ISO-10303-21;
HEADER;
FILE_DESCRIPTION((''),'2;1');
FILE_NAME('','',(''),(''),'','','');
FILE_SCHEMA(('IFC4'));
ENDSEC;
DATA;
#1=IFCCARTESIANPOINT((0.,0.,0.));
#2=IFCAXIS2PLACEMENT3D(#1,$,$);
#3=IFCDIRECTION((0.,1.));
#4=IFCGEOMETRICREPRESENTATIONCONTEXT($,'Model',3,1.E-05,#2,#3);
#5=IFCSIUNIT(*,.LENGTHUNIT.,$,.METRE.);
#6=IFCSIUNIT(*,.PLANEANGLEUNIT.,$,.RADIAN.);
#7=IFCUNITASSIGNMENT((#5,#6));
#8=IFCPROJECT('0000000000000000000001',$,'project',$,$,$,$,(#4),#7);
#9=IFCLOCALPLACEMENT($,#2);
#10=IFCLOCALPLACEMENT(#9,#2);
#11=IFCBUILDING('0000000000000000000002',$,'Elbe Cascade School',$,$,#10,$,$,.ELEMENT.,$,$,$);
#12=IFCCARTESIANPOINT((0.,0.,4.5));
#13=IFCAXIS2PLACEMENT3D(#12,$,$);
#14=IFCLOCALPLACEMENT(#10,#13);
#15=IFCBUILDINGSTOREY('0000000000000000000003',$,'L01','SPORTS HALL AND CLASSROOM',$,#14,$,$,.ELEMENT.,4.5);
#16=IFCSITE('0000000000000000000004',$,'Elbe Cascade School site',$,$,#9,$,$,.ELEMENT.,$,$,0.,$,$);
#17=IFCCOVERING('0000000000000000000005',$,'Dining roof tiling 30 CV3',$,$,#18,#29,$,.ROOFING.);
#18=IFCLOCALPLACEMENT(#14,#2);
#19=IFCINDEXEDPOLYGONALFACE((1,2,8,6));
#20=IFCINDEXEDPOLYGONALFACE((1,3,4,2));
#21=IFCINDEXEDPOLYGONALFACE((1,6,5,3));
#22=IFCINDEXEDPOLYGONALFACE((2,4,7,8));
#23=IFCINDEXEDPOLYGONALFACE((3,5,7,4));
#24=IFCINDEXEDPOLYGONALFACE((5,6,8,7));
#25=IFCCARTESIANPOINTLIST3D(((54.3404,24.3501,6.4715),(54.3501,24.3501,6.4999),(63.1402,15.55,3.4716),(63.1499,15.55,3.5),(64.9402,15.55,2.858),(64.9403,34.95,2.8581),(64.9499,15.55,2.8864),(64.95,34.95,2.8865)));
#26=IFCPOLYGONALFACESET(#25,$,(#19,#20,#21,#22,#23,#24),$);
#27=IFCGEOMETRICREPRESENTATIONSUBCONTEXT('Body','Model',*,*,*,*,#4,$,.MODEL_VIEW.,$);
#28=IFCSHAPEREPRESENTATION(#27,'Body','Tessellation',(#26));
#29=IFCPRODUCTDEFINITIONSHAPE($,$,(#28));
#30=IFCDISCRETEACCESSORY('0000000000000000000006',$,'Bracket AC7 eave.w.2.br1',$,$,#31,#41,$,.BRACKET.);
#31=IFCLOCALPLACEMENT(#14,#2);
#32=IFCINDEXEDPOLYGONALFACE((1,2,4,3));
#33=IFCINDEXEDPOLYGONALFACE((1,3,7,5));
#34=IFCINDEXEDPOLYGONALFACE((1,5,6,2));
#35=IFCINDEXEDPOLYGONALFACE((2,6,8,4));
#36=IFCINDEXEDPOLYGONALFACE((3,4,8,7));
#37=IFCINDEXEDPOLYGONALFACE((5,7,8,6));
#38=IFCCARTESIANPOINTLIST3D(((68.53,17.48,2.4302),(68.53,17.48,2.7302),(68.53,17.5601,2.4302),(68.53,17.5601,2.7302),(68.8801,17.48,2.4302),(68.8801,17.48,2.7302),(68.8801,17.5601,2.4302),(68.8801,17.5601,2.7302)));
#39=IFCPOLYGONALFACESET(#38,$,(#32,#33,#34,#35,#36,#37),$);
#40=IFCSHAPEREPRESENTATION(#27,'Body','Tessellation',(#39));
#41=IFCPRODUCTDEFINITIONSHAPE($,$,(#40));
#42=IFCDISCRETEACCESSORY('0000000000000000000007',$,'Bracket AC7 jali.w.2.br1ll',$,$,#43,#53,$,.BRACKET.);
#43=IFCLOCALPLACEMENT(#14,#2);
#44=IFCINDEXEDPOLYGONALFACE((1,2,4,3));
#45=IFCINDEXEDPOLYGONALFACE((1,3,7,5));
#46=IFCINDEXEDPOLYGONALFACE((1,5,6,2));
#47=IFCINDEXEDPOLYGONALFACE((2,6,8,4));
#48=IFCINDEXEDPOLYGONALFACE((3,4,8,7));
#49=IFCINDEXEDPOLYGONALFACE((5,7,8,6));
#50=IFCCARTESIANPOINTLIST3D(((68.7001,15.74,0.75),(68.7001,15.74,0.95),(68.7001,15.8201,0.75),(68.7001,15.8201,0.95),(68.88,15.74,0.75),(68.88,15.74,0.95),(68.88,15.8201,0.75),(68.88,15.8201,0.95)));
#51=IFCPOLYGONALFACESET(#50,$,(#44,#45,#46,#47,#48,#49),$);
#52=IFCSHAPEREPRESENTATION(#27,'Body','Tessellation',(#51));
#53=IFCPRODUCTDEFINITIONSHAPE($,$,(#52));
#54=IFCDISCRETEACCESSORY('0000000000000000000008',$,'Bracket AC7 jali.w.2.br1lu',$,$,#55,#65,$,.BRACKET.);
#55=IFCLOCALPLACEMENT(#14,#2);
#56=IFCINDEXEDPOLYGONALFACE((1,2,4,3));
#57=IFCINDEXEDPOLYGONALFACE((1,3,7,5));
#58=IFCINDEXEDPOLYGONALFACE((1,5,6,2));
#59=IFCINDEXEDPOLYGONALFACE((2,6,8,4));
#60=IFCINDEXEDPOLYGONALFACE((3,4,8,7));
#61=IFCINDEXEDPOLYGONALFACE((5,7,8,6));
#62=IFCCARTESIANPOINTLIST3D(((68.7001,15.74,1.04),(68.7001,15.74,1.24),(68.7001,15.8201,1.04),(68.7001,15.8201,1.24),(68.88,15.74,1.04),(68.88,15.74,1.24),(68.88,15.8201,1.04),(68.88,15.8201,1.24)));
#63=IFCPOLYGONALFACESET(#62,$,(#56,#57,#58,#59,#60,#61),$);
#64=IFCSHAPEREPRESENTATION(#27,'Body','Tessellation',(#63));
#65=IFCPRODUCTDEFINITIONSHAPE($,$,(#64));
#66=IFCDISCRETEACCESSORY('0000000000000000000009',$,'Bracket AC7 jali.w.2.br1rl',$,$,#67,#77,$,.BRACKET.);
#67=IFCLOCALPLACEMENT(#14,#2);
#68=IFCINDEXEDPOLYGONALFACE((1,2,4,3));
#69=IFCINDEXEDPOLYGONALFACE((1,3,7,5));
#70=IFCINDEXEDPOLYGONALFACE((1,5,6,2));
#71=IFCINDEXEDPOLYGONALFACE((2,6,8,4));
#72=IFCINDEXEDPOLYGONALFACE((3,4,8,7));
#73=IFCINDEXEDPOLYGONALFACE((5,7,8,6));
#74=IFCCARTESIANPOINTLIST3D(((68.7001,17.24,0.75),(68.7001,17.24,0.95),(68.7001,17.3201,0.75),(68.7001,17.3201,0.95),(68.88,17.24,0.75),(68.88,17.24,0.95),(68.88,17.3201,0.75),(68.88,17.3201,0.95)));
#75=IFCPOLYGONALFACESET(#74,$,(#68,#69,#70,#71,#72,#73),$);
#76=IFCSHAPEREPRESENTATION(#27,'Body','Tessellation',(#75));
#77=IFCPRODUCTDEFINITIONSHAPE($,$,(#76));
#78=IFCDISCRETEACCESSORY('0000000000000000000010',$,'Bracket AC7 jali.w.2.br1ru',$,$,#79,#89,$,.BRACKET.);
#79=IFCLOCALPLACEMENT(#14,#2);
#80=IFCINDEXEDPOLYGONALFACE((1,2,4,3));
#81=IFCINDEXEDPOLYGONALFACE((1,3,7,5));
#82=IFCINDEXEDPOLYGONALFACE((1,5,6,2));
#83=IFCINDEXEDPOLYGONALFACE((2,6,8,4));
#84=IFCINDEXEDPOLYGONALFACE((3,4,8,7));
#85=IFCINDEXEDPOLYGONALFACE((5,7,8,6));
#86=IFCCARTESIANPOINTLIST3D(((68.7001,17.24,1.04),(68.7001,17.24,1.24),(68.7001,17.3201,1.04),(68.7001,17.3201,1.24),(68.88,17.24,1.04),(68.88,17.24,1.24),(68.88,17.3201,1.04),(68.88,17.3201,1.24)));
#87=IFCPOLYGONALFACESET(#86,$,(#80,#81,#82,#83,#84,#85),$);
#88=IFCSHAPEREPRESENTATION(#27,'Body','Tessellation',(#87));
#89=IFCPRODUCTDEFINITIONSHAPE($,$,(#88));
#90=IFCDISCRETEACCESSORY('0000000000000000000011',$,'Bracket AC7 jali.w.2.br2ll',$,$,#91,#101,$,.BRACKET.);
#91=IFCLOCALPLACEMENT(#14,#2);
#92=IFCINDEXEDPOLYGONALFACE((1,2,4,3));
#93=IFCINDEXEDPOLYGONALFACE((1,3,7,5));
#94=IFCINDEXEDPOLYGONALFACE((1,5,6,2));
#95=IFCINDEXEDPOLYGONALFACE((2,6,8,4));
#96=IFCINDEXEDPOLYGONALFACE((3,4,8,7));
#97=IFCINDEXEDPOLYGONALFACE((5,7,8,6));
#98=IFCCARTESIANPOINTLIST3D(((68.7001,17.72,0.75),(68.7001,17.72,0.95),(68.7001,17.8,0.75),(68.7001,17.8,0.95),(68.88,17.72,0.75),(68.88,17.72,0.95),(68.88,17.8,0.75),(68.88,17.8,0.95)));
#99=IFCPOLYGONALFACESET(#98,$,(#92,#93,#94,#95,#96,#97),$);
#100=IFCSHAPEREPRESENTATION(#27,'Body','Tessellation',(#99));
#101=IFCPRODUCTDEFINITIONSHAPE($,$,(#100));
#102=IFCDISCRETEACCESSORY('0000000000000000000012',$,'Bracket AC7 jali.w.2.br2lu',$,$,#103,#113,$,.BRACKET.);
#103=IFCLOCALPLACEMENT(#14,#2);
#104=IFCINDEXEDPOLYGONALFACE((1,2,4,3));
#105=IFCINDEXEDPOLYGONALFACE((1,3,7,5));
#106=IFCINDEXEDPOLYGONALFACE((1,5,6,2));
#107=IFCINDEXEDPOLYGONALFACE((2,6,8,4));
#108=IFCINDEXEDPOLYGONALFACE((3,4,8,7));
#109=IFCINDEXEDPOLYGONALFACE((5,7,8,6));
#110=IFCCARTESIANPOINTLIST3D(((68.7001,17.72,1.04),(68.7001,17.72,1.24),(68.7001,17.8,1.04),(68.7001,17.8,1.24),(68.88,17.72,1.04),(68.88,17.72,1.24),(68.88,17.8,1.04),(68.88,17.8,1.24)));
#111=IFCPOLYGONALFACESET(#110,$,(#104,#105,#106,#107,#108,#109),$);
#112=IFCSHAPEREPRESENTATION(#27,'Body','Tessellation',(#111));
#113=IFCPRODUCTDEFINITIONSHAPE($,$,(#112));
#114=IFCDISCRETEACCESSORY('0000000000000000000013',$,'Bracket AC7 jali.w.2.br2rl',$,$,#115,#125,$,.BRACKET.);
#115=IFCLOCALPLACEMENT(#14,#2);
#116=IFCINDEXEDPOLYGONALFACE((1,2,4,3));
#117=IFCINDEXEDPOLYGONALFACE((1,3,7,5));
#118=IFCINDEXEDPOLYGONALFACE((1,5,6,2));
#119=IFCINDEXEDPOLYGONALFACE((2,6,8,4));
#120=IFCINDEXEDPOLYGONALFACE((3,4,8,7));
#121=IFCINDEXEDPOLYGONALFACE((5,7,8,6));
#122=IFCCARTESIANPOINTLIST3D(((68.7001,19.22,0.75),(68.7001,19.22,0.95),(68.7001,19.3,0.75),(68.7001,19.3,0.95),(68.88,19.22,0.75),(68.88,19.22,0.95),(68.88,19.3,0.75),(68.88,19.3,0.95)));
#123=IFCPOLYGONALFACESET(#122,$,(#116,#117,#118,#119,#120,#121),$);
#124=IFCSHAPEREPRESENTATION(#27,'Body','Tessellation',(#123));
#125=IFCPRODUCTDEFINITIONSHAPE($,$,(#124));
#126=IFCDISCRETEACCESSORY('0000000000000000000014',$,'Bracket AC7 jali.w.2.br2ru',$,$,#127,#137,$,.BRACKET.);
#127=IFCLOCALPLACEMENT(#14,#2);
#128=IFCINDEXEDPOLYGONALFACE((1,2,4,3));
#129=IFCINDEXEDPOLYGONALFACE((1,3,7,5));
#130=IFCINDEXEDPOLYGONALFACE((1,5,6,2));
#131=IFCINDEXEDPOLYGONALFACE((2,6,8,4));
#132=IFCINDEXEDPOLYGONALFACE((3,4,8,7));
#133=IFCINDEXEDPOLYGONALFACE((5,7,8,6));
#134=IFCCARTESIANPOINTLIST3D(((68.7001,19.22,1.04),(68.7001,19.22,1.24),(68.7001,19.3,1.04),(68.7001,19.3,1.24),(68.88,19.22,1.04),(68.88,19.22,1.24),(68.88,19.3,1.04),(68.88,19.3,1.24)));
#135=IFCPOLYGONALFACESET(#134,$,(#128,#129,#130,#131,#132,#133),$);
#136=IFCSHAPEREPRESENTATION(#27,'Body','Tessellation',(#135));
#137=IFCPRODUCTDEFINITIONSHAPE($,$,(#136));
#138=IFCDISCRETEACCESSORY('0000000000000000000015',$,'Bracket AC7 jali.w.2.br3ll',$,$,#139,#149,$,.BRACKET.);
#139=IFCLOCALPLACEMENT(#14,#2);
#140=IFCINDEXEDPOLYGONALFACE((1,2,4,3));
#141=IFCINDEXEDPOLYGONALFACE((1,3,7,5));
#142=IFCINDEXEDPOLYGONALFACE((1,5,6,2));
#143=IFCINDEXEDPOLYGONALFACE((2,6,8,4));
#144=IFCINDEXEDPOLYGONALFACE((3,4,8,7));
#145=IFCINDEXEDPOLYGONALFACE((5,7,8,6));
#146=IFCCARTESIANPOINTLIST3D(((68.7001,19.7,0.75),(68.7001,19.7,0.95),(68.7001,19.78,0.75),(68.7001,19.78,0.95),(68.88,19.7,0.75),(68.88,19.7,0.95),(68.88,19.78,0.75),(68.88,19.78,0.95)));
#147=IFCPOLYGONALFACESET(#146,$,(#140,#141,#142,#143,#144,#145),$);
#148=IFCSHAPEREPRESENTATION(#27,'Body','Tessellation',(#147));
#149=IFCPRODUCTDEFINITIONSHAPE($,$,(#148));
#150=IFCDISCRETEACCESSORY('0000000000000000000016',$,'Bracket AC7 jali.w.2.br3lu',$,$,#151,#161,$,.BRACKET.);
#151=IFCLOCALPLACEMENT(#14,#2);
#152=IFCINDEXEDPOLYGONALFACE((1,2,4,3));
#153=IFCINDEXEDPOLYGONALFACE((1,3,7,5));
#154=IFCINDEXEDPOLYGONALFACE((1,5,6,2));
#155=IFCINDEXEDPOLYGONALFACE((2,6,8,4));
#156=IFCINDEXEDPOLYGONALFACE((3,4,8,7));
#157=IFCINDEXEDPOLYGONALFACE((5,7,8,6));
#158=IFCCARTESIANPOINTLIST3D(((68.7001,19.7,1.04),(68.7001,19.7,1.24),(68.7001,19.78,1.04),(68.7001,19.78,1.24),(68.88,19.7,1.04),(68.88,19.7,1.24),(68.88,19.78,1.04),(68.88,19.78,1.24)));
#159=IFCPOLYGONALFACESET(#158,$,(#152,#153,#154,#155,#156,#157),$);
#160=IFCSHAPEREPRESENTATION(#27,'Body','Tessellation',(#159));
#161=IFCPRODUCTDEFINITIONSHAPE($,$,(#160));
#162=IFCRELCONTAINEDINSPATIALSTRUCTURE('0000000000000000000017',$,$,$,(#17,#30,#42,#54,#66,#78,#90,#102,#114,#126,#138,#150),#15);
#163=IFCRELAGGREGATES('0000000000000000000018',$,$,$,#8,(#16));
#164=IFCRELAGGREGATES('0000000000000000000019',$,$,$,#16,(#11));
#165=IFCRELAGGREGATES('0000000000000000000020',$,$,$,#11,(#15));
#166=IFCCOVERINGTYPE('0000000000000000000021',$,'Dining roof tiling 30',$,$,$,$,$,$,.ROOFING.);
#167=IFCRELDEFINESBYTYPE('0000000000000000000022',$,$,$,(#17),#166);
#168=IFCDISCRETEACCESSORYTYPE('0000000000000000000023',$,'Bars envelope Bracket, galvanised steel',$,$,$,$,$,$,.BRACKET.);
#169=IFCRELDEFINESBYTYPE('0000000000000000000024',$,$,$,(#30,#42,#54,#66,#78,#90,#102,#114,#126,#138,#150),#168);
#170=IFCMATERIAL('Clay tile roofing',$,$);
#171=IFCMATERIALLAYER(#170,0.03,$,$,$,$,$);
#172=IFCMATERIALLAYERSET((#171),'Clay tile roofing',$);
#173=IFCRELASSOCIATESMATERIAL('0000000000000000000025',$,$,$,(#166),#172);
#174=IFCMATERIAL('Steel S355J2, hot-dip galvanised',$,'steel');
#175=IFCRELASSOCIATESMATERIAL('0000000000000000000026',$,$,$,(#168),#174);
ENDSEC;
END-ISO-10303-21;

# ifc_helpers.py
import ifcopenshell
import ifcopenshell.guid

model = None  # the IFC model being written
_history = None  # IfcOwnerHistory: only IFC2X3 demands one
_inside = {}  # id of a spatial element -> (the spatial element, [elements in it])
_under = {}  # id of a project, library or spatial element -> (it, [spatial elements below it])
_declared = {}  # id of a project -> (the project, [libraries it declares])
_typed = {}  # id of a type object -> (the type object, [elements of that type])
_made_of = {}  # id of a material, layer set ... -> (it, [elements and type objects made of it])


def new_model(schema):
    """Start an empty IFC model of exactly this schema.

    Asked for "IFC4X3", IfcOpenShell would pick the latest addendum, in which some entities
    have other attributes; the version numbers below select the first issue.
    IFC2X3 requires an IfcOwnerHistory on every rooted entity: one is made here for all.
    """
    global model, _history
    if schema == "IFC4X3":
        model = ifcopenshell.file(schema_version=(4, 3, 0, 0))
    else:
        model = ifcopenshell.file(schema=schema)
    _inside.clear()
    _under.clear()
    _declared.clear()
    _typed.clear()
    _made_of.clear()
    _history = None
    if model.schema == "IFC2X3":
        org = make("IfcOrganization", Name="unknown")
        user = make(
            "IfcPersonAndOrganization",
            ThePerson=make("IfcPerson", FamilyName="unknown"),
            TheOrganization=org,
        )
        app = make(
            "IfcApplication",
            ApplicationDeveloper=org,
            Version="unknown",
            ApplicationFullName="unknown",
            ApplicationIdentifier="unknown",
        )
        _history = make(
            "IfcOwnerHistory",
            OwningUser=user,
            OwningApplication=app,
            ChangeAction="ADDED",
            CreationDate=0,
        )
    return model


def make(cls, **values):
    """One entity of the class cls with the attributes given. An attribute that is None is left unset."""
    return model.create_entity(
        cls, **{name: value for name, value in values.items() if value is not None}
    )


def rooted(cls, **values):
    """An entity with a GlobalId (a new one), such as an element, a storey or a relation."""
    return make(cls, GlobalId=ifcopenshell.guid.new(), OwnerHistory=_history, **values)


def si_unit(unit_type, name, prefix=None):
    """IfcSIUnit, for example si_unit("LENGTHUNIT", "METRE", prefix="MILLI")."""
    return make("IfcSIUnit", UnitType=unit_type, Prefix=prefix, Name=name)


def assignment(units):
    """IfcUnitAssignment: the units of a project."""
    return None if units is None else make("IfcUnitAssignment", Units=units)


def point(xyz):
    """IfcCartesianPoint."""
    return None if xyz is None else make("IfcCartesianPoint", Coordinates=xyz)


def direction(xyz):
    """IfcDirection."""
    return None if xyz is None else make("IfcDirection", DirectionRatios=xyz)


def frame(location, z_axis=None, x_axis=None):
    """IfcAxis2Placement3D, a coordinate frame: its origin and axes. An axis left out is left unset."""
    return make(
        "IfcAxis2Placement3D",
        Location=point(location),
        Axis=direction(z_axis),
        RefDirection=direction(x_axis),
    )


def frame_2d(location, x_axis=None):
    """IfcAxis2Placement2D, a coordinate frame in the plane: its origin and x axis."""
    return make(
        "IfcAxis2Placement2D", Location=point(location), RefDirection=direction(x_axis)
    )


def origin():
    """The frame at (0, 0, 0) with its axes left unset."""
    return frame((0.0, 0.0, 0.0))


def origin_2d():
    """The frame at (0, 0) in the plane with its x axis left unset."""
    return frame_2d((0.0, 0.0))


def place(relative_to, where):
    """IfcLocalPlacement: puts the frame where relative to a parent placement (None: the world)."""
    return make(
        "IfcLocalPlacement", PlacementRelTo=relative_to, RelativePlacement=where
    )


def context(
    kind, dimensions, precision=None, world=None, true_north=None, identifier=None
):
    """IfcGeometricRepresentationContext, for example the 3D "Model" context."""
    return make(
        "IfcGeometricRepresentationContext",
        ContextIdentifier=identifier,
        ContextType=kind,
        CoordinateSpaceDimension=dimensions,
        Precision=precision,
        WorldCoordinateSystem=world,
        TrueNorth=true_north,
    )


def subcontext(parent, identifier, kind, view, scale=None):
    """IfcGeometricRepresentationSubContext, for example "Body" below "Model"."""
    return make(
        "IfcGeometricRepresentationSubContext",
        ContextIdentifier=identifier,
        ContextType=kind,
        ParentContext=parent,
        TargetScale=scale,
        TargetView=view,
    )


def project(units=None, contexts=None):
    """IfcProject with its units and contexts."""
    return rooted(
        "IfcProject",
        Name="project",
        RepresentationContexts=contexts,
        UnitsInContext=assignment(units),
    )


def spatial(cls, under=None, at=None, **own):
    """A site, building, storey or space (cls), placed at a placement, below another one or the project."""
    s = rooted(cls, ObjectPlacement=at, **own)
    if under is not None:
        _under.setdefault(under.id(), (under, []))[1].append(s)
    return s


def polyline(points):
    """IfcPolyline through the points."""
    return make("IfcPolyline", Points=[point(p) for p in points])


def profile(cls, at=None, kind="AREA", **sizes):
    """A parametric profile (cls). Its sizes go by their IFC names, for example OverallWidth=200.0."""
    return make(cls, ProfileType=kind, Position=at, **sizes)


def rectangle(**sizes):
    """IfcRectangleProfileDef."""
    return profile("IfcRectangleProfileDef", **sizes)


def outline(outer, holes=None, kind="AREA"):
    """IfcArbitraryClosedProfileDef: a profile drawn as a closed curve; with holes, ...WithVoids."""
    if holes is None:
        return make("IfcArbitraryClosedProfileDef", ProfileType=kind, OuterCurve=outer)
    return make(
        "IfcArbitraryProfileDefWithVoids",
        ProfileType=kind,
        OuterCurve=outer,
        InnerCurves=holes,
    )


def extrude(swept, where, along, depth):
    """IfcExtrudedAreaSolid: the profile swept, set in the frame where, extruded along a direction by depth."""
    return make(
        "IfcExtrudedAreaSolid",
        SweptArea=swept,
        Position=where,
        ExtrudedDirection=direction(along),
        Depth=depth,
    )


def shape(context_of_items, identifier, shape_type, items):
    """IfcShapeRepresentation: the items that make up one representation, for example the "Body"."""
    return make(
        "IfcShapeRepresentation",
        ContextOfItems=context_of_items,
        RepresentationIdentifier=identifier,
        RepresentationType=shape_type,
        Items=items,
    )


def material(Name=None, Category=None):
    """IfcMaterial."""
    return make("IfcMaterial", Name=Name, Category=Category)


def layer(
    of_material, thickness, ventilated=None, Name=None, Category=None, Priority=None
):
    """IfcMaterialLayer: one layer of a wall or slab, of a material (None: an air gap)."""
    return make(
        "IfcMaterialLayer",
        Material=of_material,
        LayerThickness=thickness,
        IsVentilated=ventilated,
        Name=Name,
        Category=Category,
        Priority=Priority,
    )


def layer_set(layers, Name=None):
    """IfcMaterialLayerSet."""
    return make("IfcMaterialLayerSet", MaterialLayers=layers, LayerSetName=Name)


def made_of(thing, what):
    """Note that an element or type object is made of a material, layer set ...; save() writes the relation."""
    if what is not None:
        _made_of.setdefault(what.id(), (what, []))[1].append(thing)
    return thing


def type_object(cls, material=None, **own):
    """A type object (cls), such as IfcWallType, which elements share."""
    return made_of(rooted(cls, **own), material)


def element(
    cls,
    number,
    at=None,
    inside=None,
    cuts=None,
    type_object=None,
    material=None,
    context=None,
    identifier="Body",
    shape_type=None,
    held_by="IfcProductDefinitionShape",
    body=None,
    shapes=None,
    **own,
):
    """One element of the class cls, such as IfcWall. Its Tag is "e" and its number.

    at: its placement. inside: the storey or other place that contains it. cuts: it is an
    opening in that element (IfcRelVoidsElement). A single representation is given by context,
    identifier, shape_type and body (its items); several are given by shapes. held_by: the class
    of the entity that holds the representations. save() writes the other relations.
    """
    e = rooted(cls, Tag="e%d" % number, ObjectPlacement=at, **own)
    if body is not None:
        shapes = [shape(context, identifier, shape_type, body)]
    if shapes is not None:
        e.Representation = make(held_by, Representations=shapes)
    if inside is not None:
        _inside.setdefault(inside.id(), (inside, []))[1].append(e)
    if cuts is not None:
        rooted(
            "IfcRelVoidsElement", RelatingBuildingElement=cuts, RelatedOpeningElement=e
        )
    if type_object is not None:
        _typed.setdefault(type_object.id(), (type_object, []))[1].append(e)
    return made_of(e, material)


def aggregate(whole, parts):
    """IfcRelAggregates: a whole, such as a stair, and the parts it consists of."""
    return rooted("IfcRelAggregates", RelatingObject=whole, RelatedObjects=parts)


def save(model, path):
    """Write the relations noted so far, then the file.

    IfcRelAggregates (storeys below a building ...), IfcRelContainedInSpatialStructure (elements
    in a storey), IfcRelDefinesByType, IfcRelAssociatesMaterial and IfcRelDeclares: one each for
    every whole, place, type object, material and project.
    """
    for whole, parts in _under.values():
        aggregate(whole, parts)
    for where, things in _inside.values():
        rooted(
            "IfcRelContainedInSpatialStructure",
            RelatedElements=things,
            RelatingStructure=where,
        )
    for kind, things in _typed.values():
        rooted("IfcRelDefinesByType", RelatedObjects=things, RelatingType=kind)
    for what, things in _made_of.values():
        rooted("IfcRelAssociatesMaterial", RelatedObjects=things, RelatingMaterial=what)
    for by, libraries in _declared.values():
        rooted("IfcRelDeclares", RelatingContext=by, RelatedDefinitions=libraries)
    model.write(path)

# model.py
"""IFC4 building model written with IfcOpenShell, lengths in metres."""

from ifc_helpers import new_model, si_unit, direction, frame, origin, origin_2d, place, context, subcontext, project, spatial, polyline, rectangle, outline, extrude, material, layer, layer_set, type_object, element, save


model = new_model("IFC4")

# Units and contexts
model_context = context("Model", 3, precision=1e-05, world=origin(), true_north=direction((0.0, 1.0)))
body_context = subcontext(model_context, "Body", "Model", "MODEL_VIEW")
ifc_project = project(units=[si_unit("LENGTHUNIT", "METRE"), si_unit("PLANEANGLEUNIT", "RADIAN")], contexts=[model_context])

# Site, building, storey
site_placement = place(None, origin())
site = spatial("IfcSite", under=ifc_project, at=site_placement, Name="Elbe Cascade School site", CompositionType="ELEMENT", RefElevation=0.0)
building_placement = place(site_placement, origin())
building = spatial("IfcBuilding", under=site, at=building_placement, Name="Elbe Cascade School", CompositionType="ELEMENT")
storey_placement = place(building_placement, frame((0.0, 0.0, 4.5)))
storey = spatial("IfcBuildingStorey", under=building, at=storey_placement, Name="L01", Description="SPORTS HALL AND CLASSROOM", CompositionType="ELEMENT", Elevation=4.5)

# Covering
ifc_material_1 = material(Name="Clay tile roofing")
ifc_layer_1 = layer(ifc_material_1, 0.03)
ifc_layer_set_1 = layer_set([ifc_layer_1], Name="Clay tile roofing")
covering_type_1 = type_object("IfcCoveringType", Name="Dining roof tiling 30", PredefinedType="ROOFING", material=ifc_layer_set_1)
covering_1_placement = place(storey_placement, frame((63.1499, 15.55, 3.5), z_axis=(0.322665, -0.000005, 0.946513), x_axis=(-0.687409, 0.687425, 0.234341)))
element("IfcCovering", 1, at=covering_1_placement, inside=storey, type_object=covering_type_1, Name="Dining roof tiling 30 CV3", PredefinedType="ROOFING", context=body_context, shape_type="SweptSolid", body=[
    extrude(outline(polyline([(0.0, 0.0), (12.8015, 0.0), (11.9548, -15.3966), (-1.3811, -1.3073), (0.0, 0.0)])), origin(), (0.0, 0.0, -1.0), 0.03),
])

# Discrete accessories
ifc_material_2 = material(Name="Steel S355J2, hot-dip galvanised", Category="steel")
discrete_accessory_type = type_object("IfcDiscreteAccessoryType", Name="Bars envelope Bracket, galvanised steel", PredefinedType="BRACKET", material=ifc_material_2)
discrete_accessory_placement = place(storey_placement, frame((68.7051, 17.52, 2.4302), z_axis=(0.0, 0.0, 1.0), x_axis=(0.0, 1.0, 0.0)))
element("IfcDiscreteAccessory", 2, at=discrete_accessory_placement, inside=storey, type_object=discrete_accessory_type, Name="Bracket AC7 eave.w.2.br1", PredefinedType="BRACKET", context=body_context, shape_type="SweptSolid", body=[
    extrude(rectangle(XDim=0.0801, YDim=0.3501, at=origin_2d()), origin(), (0.0, 0.0, 1.0), 0.3),
])
for number, where, z_axis, x_axis, name in (
    (3, (68.79, 15.78, 0.75), (0.0, 0.0, 1.0), (0.0, 1.0, 0.0), "Bracket AC7 jali.w.2.br1ll"),
    (4, (68.79, 15.78, 1.04), (0.0, 0.0, 1.0), (0.0, 1.0, 0.0), "Bracket AC7 jali.w.2.br1lu"),
    (5, (68.79, 17.28, 0.75), (0.0, 0.0, 1.0), (0.0, 1.0, 0.0), "Bracket AC7 jali.w.2.br1rl"),
    (6, (68.79, 17.28, 1.04), (0.0, 0.0, 1.0), (0.0, 1.0, 0.0), "Bracket AC7 jali.w.2.br1ru"),
    (7, (68.79, 17.76, 0.75), (0.0, 0.0, 1.0), (0.0, 1.0, 0.0), "Bracket AC7 jali.w.2.br2ll"),
    (8, (68.79, 17.76, 1.04), (0.0, 0.0, 1.0), (0.0, 1.0, 0.0), "Bracket AC7 jali.w.2.br2lu"),
    (9, (68.79, 19.26, 0.75), (0.0, 0.0, 1.0), (0.0, 1.0, 0.0), "Bracket AC7 jali.w.2.br2rl"),
    (10, (68.79, 19.26, 1.04), (0.0, 0.0, 1.0), (0.0, 1.0, 0.0), "Bracket AC7 jali.w.2.br2ru"),
    (11, (68.79, 19.74, 0.75), (0.0, 0.0, 1.0), (0.0, 1.0, 0.0), "Bracket AC7 jali.w.2.br3ll"),
    (12, (68.79, 19.74, 1.04), (0.0, 0.0, 1.0), (0.0, 1.0, 0.0), "Bracket AC7 jali.w.2.br3lu"),
):
    element("IfcDiscreteAccessory", number, at=place(storey_placement, frame(where, z_axis=z_axis, x_axis=x_axis)), inside=storey, type_object=discrete_accessory_type, Name=name, PredefinedType="BRACKET", context=body_context, shape_type="SweptSolid", body=[
        extrude(rectangle(XDim=0.0801, YDim=0.1799, at=origin_2d()), origin(), (0.0, 0.0, 1.0), 0.2),
    ])

save(model, "model.ifc")
